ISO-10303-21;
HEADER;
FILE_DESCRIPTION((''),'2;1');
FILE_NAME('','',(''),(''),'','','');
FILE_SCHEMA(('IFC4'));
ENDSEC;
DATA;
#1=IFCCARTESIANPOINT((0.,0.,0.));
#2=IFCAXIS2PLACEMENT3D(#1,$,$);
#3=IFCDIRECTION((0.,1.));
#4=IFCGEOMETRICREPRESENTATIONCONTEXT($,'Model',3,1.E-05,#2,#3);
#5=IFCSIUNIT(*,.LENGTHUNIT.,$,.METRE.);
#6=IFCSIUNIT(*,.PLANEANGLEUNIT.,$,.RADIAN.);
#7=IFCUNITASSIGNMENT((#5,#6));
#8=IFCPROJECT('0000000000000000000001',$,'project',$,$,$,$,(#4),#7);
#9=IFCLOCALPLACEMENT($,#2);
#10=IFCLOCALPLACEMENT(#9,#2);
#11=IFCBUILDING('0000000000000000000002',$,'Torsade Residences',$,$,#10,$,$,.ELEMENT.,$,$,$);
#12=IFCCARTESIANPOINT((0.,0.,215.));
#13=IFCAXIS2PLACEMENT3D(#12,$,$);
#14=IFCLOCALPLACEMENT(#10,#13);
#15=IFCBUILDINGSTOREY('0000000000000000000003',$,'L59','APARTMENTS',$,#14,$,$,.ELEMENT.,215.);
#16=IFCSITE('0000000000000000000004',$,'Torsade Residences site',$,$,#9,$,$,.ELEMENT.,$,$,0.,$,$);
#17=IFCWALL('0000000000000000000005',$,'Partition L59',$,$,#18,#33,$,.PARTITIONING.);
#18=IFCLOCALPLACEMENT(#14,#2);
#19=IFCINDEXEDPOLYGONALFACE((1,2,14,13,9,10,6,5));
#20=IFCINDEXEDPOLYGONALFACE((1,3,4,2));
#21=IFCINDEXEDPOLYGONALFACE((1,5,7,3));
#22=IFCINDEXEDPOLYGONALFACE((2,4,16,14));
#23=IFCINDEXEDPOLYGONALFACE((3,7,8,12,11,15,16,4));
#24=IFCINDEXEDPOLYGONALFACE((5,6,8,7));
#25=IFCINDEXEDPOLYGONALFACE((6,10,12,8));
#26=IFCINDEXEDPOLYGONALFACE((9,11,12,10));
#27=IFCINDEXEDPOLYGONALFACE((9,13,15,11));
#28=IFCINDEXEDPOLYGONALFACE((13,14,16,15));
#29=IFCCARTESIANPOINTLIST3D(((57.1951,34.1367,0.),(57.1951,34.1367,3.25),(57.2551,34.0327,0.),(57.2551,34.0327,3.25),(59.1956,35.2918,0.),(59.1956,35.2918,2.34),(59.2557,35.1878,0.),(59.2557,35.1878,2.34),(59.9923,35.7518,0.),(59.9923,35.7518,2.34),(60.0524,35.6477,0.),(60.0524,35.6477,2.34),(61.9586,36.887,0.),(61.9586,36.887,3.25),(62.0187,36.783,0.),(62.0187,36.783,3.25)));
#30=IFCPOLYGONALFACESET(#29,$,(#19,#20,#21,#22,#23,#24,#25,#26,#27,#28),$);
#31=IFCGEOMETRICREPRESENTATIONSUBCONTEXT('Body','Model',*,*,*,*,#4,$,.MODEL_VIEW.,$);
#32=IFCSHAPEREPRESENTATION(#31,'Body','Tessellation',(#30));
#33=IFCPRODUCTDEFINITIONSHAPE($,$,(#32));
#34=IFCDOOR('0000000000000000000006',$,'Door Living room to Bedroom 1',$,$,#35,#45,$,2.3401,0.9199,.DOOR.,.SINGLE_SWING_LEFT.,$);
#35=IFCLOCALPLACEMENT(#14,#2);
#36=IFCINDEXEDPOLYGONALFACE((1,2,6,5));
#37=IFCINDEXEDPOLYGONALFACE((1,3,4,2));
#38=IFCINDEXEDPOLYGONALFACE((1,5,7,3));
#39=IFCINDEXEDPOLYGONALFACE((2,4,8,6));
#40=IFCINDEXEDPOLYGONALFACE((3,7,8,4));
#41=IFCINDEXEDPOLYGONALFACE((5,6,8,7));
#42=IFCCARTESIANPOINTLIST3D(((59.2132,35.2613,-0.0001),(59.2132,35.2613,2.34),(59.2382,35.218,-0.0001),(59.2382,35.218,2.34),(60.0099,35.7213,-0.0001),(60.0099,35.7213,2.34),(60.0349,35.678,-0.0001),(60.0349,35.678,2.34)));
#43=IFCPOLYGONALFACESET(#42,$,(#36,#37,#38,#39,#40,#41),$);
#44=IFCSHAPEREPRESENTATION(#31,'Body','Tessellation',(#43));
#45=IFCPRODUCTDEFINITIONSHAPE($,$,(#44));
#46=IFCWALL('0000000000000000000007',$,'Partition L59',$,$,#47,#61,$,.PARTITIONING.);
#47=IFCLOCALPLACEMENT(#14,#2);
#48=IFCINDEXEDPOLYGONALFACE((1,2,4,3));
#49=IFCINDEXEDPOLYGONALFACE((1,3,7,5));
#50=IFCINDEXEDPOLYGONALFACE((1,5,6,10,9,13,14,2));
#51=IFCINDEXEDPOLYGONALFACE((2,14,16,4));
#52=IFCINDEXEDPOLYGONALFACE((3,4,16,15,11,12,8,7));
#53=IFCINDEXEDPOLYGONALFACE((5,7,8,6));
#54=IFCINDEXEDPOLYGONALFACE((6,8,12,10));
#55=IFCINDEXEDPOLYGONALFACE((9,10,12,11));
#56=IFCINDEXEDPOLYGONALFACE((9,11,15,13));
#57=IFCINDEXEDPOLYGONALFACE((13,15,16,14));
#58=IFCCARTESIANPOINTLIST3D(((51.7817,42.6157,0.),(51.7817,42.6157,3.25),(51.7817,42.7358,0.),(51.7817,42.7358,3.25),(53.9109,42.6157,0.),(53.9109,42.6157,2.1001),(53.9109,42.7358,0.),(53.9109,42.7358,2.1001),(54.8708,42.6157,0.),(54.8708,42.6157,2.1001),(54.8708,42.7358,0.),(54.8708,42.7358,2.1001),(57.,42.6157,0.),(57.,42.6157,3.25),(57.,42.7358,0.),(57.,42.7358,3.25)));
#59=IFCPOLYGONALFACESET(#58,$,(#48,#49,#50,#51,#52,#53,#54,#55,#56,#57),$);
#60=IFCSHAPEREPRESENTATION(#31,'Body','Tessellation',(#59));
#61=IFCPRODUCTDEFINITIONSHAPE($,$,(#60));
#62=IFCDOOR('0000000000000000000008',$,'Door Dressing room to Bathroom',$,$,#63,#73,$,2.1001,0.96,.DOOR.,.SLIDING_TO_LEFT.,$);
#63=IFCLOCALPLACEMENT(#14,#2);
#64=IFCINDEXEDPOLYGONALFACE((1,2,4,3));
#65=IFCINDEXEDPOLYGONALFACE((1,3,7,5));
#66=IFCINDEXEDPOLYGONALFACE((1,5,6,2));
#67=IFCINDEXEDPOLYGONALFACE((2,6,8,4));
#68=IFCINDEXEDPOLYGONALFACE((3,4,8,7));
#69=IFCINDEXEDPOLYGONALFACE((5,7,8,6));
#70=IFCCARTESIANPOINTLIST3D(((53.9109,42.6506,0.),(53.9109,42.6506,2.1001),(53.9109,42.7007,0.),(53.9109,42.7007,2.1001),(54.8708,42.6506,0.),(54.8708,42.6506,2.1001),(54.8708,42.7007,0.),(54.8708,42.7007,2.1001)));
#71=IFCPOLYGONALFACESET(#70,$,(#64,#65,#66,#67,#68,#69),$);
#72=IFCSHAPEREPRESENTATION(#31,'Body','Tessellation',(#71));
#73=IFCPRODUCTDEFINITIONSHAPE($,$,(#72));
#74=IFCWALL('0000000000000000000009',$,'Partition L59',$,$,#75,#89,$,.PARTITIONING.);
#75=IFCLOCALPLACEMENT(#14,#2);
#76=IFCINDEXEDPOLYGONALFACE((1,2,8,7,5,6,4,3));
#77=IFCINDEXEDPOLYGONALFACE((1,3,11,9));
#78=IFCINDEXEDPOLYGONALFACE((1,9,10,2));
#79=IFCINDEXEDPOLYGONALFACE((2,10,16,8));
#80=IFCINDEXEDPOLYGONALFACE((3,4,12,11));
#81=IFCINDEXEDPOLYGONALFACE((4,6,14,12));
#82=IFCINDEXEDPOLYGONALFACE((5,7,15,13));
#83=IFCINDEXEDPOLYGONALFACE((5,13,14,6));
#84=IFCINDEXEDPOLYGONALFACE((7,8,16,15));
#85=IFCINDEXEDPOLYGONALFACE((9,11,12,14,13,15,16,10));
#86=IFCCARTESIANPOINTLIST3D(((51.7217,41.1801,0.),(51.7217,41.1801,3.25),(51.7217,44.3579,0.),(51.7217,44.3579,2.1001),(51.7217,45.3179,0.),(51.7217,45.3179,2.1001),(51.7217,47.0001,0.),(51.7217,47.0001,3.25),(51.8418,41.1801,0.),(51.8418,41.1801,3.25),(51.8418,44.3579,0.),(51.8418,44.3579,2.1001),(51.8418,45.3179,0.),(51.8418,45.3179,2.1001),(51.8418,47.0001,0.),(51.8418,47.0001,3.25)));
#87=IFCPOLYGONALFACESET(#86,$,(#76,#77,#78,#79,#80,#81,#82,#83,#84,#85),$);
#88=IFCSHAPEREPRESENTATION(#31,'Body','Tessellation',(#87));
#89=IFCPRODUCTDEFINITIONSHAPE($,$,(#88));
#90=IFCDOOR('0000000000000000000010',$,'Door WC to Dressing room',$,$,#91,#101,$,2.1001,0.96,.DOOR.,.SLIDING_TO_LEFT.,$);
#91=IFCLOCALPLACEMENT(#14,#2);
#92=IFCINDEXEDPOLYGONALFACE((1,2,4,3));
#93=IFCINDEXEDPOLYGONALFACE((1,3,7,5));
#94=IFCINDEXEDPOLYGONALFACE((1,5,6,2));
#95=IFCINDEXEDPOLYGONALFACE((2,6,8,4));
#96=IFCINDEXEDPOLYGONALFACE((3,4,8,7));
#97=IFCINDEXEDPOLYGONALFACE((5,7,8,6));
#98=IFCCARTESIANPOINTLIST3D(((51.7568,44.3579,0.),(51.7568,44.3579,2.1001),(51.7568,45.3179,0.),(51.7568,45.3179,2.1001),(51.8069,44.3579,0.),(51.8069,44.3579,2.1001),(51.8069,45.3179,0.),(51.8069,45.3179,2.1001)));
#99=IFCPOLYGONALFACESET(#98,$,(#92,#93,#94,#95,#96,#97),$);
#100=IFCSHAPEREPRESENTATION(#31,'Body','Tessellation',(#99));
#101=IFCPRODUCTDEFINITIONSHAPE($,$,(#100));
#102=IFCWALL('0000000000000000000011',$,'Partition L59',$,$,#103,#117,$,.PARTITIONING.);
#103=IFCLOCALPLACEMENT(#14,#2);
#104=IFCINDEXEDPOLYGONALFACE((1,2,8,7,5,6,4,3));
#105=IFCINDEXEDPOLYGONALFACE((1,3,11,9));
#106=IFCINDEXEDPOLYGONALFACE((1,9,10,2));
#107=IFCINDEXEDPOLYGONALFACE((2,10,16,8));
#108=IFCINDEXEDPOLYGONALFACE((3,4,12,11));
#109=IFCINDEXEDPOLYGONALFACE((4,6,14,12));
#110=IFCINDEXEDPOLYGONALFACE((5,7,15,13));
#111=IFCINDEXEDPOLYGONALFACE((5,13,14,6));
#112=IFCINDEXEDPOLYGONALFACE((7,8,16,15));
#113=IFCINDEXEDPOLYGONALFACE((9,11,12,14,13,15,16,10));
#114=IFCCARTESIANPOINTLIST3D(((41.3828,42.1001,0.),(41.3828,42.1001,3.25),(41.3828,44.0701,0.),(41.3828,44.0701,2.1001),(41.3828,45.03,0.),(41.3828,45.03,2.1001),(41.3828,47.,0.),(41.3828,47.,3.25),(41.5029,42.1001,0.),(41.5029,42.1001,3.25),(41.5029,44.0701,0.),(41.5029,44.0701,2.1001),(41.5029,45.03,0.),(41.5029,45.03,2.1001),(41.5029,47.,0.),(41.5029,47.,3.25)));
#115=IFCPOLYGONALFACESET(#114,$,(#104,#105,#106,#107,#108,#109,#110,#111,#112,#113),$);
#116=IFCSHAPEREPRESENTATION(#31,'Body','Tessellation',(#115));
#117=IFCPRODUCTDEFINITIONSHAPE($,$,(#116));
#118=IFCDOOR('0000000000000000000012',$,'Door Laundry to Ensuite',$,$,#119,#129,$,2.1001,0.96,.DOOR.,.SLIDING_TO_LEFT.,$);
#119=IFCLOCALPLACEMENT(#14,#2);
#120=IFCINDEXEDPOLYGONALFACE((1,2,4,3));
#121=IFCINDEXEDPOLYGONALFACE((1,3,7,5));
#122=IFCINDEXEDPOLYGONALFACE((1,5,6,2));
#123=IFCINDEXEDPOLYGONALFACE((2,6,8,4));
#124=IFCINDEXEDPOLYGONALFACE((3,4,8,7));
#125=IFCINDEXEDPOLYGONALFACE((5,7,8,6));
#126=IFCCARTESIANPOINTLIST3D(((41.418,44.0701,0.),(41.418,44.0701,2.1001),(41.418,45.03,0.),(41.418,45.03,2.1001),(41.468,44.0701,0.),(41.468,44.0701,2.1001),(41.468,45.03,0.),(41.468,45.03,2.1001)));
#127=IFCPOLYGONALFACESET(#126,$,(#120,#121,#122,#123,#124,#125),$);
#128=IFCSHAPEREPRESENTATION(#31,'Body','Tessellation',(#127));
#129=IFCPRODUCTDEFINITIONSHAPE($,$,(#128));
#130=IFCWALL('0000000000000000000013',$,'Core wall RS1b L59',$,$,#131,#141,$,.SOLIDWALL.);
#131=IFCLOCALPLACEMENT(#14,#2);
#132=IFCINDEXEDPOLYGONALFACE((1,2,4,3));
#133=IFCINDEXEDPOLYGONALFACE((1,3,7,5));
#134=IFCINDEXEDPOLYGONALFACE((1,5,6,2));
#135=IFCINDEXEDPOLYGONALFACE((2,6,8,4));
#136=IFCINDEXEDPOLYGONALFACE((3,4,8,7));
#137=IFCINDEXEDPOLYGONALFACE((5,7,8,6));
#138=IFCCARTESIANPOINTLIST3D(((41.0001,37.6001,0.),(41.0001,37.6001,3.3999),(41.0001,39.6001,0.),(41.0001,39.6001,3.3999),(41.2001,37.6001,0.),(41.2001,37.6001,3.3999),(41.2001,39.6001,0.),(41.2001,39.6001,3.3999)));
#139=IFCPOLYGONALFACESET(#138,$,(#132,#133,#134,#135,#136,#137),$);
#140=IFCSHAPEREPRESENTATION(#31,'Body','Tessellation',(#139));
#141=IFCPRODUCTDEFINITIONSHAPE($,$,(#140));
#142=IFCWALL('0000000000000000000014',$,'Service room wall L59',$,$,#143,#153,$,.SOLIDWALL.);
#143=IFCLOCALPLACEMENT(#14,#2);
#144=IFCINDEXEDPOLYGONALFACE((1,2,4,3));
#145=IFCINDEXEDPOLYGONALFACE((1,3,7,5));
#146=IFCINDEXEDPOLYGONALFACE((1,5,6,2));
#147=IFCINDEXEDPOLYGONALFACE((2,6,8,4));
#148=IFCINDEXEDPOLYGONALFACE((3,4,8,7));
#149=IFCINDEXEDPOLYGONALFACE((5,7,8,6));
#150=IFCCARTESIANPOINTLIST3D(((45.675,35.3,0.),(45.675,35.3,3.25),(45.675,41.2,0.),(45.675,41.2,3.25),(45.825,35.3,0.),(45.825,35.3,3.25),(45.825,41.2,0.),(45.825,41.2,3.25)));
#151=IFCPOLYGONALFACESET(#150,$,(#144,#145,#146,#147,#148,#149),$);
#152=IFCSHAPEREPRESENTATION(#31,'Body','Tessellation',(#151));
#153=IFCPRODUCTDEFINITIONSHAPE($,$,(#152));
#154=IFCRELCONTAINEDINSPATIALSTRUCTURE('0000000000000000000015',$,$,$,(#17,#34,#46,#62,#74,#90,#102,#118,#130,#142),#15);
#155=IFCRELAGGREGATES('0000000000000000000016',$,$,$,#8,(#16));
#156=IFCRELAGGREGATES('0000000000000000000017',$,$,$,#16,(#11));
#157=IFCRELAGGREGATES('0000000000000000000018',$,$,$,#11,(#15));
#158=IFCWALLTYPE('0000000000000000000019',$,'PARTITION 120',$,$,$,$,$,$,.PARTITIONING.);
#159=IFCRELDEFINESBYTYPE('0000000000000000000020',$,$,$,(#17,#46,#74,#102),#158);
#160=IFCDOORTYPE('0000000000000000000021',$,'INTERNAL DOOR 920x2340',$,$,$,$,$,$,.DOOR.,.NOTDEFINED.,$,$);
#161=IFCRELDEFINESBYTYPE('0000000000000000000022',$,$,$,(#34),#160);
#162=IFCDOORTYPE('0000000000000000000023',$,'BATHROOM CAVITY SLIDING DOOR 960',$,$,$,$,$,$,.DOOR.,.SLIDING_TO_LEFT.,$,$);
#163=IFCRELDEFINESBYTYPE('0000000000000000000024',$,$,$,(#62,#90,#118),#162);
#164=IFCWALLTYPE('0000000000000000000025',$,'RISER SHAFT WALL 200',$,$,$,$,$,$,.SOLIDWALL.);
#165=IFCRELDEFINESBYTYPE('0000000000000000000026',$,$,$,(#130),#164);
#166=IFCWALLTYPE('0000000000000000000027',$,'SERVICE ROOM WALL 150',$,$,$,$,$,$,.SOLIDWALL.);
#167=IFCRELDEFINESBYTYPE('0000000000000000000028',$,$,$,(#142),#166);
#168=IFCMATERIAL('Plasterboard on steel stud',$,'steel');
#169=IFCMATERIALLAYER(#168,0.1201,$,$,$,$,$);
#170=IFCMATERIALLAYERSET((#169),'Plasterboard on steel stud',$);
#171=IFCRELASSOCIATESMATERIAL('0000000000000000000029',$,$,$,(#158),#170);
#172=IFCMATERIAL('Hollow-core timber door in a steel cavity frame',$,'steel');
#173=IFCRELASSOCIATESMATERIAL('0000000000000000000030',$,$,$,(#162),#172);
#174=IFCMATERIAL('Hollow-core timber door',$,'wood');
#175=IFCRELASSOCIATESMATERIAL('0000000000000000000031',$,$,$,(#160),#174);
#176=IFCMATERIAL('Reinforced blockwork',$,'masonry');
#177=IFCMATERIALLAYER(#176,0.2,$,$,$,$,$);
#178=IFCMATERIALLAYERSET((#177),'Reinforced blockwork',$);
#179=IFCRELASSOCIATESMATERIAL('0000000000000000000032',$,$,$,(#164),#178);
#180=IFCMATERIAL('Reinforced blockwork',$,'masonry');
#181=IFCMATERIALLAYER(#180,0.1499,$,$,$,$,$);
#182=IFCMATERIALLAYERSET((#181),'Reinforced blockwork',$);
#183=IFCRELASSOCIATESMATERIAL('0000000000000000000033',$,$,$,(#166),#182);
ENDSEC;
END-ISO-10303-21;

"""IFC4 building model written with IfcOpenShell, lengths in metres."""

from ifc_helpers import new_model, si_unit, direction, frame, frame_2d, origin, place, context, subcontext, project, spatial, rectangle, extrude, material, layer, layer_set, type_object, element, fill, save


model = new_model("IFC4")

# Units and contexts
model_context = context("Model", 3, precision=1e-05, world=origin(), true_north=direction((0.0, 1.0)))
body_context = subcontext(model_context, "Body", "Model", "MODEL_VIEW")
ifc_project = project(units=[si_unit("LENGTHUNIT", "METRE"), si_unit("PLANEANGLEUNIT", "RADIAN")], contexts=[model_context])

# Site, building, storey
site_placement = place(None, origin())
site = spatial("IfcSite", under=ifc_project, at=site_placement, Name="Torsade Residences site", CompositionType="ELEMENT", RefElevation=0.0)
building_placement = place(site_placement, origin())
building = spatial("IfcBuilding", under=site, at=building_placement, Name="Torsade Residences", CompositionType="ELEMENT")
storey_placement = place(building_placement, frame((0.0, 0.0, 215.0)))
storey = spatial("IfcBuildingStorey", under=building, at=storey_placement, Name="L59", Description="APARTMENTS", CompositionType="ELEMENT", Elevation=215.0)

# Shared definitions
ifc_material_1 = material(Name="Plasterboard on steel stud", Category="steel")
ifc_layer_1 = layer(ifc_material_1, 0.1201)
ifc_layer_set_1 = layer_set([ifc_layer_1], Name="Plasterboard on steel stud")
wall_type_1 = type_object("IfcWallType", Name="PARTITION 120", PredefinedType="PARTITIONING", material=ifc_layer_set_1)
ifc_material_2 = material(Name="Hollow-core timber door in a steel cavity frame", Category="steel")
door_type_1 = type_object("IfcDoorType", Name="BATHROOM CAVITY SLIDING DOOR 960", OperationType="SLIDING_TO_LEFT", PredefinedType="DOOR", material=ifc_material_2)

# Walls, openings, doors
wall_1_placement = place(storey_placement, frame((57.2251, 34.0847, 0.0), z_axis=(0.0, 0.0, 1.0), x_axis=(0.866019, 0.500011, 0.0)))
wall_1 = element("IfcWall", 1, at=wall_1_placement, inside=storey, type_object=wall_type_1, Name="Partition L59", PredefinedType="PARTITIONING", context=body_context, shape_type="SweptSolid", body=[
    extrude(rectangle(XDim=5.5005, YDim=0.1201, at=frame_2d((2.7502, 0.0))), origin(), (0.0, 0.0, 1.0), 3.25),
])
opening_1_placement = place(wall_1_placement, frame((2.3101, 0.0, 0.0)))
opening_1 = element("IfcOpeningElement", 2, at=opening_1_placement, cuts=wall_1, PredefinedType="OPENING", context=body_context, shape_type="SweptSolid", body=[
    extrude(rectangle(XDim=0.9199, YDim=2.3401, at=frame_2d((0.46, 1.1699))), frame((0.0, 0.0701, 0.0), z_axis=(0.0, -1.0, 0.0), x_axis=(1.0, 0.0, 0.0)), (0.0, 0.0, 1.0), 0.1401),
])
ifc_material_3 = material(Name="Hollow-core timber door", Category="wood")
door_type_2 = type_object("IfcDoorType", Name="INTERNAL DOOR 920x2340", OperationType="NOTDEFINED", PredefinedType="DOOR", material=ifc_material_3)
door_1_placement = place(opening_1_placement, origin())
door_1 = element("IfcDoor", 3, at=door_1_placement, inside=storey, type_object=door_type_2, Name="Door Living room to Bedroom 1", OperationType="SINGLE_SWING_LEFT", OverallHeight=2.3401, OverallWidth=0.9199, PredefinedType="DOOR", context=body_context, shape_type="SweptSolid", body=[
    extrude(rectangle(XDim=0.9199, YDim=2.3401, at=frame_2d((0.46, 1.1699))), frame((0.0, 0.0249, 0.0), z_axis=(0.0, -1.0, 0.0), x_axis=(1.0, 0.0, 0.0)), (0.0, 0.0, 1.0), 0.05),
])
fill(opening_1, door_1)
wall_2_placement = place(storey_placement, frame((51.7817, 42.6758, 0.0), z_axis=(0.0, 0.0, 1.0), x_axis=(1.0, 0.0, 0.0)))
wall_2 = element("IfcWall", 4, at=wall_2_placement, inside=storey, type_object=wall_type_1, Name="Partition L59", PredefinedType="PARTITIONING", context=body_context, shape_type="SweptSolid", body=[
    extrude(rectangle(XDim=5.2183, YDim=0.1201, at=frame_2d((2.6091, 0.0))), origin(), (0.0, 0.0, 1.0), 3.25),
])
opening_2_placement = place(wall_2_placement, frame((2.1292, 0.0, 0.0)))
opening_2 = element("IfcOpeningElement", 5, at=opening_2_placement, cuts=wall_2, PredefinedType="OPENING", context=body_context, shape_type="SweptSolid", body=[
    extrude(rectangle(XDim=0.96, YDim=2.1001, at=frame_2d((0.48, 1.05))), frame((0.0, 0.0701, 0.0), z_axis=(0.0, -1.0, 0.0), x_axis=(1.0, 0.0, 0.0)), (0.0, 0.0, 1.0), 0.1401),
])
door_2_placement = place(opening_2_placement, origin())
door_2 = element("IfcDoor", 6, at=door_2_placement, inside=storey, type_object=door_type_1, Name="Door Dressing room to Bathroom", OperationType="SLIDING_TO_LEFT", OverallHeight=2.1001, OverallWidth=0.96, PredefinedType="DOOR", context=body_context, shape_type="SweptSolid", body=[
    extrude(rectangle(XDim=0.96, YDim=2.1001, at=frame_2d((0.48, 1.05))), frame((0.0, 0.0249, 0.0), z_axis=(0.0, -1.0, 0.0), x_axis=(1.0, 0.0, 0.0)), (0.0, 0.0, 1.0), 0.05),
])
fill(opening_2, door_2)
wall_3_placement = place(storey_placement, frame((51.7817, 41.1799, 0.0), z_axis=(0.0, 0.0, 1.0), x_axis=(0.0, 1.0, 0.0)))
wall_3 = element("IfcWall", 7, at=wall_3_placement, inside=storey, type_object=wall_type_1, Name="Partition L59", PredefinedType="PARTITIONING", context=body_context, shape_type="SweptSolid", body=[
    extrude(rectangle(XDim=5.8201, YDim=0.1201, at=frame_2d((2.9102, 0.0))), origin(), (0.0, 0.0, 1.0), 3.25),
])
opening_3_placement = place(wall_3_placement, frame((3.178, 0.0, 0.0)))
opening_3 = element("IfcOpeningElement", 8, at=opening_3_placement, cuts=wall_3, PredefinedType="OPENING", context=body_context, shape_type="SweptSolid", body=[
    extrude(rectangle(XDim=0.96, YDim=2.1001, at=frame_2d((0.48, 1.05))), frame((0.0, 0.0701, 0.0), z_axis=(0.0, -1.0, 0.0), x_axis=(1.0, 0.0, 0.0)), (0.0, 0.0, 1.0), 0.1401),
])
door_3_placement = place(opening_3_placement, origin())
door_3 = element("IfcDoor", 9, at=door_3_placement, inside=storey, type_object=door_type_1, Name="Door WC to Dressing room", OperationType="SLIDING_TO_LEFT", OverallHeight=2.1001, OverallWidth=0.96, PredefinedType="DOOR", context=body_context, shape_type="SweptSolid", body=[
    extrude(rectangle(XDim=0.96, YDim=2.1001, at=frame_2d((0.48, 1.05))), frame((0.0, 0.0249, 0.0), z_axis=(0.0, -1.0, 0.0), x_axis=(1.0, 0.0, 0.0)), (0.0, 0.0, 1.0), 0.05),
])
fill(opening_3, door_3)
wall_4_placement = place(storey_placement, frame((41.4429, 42.1001, 0.0), z_axis=(0.0, 0.0, 1.0), x_axis=(0.0, 1.0, 0.0)))
wall_4 = element("IfcWall", 10, at=wall_4_placement, inside=storey, type_object=wall_type_1, Name="Partition L59", PredefinedType="PARTITIONING", context=body_context, shape_type="SweptSolid", body=[
    extrude(rectangle(XDim=4.8999, YDim=0.1201, at=frame_2d((2.45, 0.0))), origin(), (0.0, 0.0, 1.0), 3.25),
])
opening_4_placement = place(wall_4_placement, frame((1.97, 0.0, 0.0)))
opening_4 = element("IfcOpeningElement", 11, at=opening_4_placement, cuts=wall_4, PredefinedType="OPENING", context=body_context, shape_type="SweptSolid", body=[
    extrude(rectangle(XDim=0.96, YDim=2.1001, at=frame_2d((0.48, 1.05))), frame((0.0, 0.0701, 0.0), z_axis=(0.0, -1.0, 0.0), x_axis=(1.0, 0.0, 0.0)), (0.0, 0.0, 1.0), 0.1401),
])
door_4_placement = place(opening_4_placement, origin())
door_4 = element("IfcDoor", 12, at=door_4_placement, inside=storey, type_object=door_type_1, Name="Door Laundry to Ensuite", OperationType="SLIDING_TO_LEFT", OverallHeight=2.1001, OverallWidth=0.96, PredefinedType="DOOR", context=body_context, shape_type="SweptSolid", body=[
    extrude(rectangle(XDim=0.96, YDim=2.1001, at=frame_2d((0.48, 1.05))), frame((0.0, 0.0249, 0.0), z_axis=(0.0, -1.0, 0.0), x_axis=(1.0, 0.0, 0.0)), (0.0, 0.0, 1.0), 0.05),
])
fill(opening_4, door_4)

# Walls
ifc_material_4 = material(Name="Reinforced blockwork", Category="masonry")
ifc_layer_2 = layer(ifc_material_4, 0.2)
ifc_layer_set_2 = layer_set([ifc_layer_2], Name="Reinforced blockwork")
wall_type_2 = type_object("IfcWallType", Name="RISER SHAFT WALL 200", PredefinedType="SOLIDWALL", material=ifc_layer_set_2)
wall_5_placement = place(storey_placement, frame((41.1001, 37.6001, 0.0), z_axis=(0.0, 0.0, 1.0), x_axis=(0.0, 1.0, 0.0)))
element("IfcWall", 13, at=wall_5_placement, inside=storey, type_object=wall_type_2, Name="Core wall RS1b L59", PredefinedType="SOLIDWALL", context=body_context, shape_type="SweptSolid", body=[
    extrude(rectangle(XDim=2.0, YDim=0.2, at=frame_2d((1.0, 0.0))), origin(), (0.0, 0.0, 1.0), 3.3999),
])
ifc_material_5 = material(Name="Reinforced blockwork", Category="masonry")
ifc_layer_3 = layer(ifc_material_5, 0.1499)
ifc_layer_set_3 = layer_set([ifc_layer_3], Name="Reinforced blockwork")
wall_type_3 = type_object("IfcWallType", Name="SERVICE ROOM WALL 150", PredefinedType="SOLIDWALL", material=ifc_layer_set_3)
wall_6_placement = place(storey_placement, frame((45.75, 41.2, 0.0), z_axis=(0.0, 0.0, 1.0), x_axis=(0.0, -1.0, 0.0)))
element("IfcWall", 14, at=wall_6_placement, inside=storey, type_object=wall_type_3, Name="Service room wall L59", PredefinedType="SOLIDWALL", context=body_context, shape_type="SweptSolid", body=[
    extrude(rectangle(XDim=5.8999, YDim=0.1499, at=frame_2d((2.95, 0.0))), origin(), (0.0, 0.0, 1.0), 3.25),
])

save(model, "model.ifc")
